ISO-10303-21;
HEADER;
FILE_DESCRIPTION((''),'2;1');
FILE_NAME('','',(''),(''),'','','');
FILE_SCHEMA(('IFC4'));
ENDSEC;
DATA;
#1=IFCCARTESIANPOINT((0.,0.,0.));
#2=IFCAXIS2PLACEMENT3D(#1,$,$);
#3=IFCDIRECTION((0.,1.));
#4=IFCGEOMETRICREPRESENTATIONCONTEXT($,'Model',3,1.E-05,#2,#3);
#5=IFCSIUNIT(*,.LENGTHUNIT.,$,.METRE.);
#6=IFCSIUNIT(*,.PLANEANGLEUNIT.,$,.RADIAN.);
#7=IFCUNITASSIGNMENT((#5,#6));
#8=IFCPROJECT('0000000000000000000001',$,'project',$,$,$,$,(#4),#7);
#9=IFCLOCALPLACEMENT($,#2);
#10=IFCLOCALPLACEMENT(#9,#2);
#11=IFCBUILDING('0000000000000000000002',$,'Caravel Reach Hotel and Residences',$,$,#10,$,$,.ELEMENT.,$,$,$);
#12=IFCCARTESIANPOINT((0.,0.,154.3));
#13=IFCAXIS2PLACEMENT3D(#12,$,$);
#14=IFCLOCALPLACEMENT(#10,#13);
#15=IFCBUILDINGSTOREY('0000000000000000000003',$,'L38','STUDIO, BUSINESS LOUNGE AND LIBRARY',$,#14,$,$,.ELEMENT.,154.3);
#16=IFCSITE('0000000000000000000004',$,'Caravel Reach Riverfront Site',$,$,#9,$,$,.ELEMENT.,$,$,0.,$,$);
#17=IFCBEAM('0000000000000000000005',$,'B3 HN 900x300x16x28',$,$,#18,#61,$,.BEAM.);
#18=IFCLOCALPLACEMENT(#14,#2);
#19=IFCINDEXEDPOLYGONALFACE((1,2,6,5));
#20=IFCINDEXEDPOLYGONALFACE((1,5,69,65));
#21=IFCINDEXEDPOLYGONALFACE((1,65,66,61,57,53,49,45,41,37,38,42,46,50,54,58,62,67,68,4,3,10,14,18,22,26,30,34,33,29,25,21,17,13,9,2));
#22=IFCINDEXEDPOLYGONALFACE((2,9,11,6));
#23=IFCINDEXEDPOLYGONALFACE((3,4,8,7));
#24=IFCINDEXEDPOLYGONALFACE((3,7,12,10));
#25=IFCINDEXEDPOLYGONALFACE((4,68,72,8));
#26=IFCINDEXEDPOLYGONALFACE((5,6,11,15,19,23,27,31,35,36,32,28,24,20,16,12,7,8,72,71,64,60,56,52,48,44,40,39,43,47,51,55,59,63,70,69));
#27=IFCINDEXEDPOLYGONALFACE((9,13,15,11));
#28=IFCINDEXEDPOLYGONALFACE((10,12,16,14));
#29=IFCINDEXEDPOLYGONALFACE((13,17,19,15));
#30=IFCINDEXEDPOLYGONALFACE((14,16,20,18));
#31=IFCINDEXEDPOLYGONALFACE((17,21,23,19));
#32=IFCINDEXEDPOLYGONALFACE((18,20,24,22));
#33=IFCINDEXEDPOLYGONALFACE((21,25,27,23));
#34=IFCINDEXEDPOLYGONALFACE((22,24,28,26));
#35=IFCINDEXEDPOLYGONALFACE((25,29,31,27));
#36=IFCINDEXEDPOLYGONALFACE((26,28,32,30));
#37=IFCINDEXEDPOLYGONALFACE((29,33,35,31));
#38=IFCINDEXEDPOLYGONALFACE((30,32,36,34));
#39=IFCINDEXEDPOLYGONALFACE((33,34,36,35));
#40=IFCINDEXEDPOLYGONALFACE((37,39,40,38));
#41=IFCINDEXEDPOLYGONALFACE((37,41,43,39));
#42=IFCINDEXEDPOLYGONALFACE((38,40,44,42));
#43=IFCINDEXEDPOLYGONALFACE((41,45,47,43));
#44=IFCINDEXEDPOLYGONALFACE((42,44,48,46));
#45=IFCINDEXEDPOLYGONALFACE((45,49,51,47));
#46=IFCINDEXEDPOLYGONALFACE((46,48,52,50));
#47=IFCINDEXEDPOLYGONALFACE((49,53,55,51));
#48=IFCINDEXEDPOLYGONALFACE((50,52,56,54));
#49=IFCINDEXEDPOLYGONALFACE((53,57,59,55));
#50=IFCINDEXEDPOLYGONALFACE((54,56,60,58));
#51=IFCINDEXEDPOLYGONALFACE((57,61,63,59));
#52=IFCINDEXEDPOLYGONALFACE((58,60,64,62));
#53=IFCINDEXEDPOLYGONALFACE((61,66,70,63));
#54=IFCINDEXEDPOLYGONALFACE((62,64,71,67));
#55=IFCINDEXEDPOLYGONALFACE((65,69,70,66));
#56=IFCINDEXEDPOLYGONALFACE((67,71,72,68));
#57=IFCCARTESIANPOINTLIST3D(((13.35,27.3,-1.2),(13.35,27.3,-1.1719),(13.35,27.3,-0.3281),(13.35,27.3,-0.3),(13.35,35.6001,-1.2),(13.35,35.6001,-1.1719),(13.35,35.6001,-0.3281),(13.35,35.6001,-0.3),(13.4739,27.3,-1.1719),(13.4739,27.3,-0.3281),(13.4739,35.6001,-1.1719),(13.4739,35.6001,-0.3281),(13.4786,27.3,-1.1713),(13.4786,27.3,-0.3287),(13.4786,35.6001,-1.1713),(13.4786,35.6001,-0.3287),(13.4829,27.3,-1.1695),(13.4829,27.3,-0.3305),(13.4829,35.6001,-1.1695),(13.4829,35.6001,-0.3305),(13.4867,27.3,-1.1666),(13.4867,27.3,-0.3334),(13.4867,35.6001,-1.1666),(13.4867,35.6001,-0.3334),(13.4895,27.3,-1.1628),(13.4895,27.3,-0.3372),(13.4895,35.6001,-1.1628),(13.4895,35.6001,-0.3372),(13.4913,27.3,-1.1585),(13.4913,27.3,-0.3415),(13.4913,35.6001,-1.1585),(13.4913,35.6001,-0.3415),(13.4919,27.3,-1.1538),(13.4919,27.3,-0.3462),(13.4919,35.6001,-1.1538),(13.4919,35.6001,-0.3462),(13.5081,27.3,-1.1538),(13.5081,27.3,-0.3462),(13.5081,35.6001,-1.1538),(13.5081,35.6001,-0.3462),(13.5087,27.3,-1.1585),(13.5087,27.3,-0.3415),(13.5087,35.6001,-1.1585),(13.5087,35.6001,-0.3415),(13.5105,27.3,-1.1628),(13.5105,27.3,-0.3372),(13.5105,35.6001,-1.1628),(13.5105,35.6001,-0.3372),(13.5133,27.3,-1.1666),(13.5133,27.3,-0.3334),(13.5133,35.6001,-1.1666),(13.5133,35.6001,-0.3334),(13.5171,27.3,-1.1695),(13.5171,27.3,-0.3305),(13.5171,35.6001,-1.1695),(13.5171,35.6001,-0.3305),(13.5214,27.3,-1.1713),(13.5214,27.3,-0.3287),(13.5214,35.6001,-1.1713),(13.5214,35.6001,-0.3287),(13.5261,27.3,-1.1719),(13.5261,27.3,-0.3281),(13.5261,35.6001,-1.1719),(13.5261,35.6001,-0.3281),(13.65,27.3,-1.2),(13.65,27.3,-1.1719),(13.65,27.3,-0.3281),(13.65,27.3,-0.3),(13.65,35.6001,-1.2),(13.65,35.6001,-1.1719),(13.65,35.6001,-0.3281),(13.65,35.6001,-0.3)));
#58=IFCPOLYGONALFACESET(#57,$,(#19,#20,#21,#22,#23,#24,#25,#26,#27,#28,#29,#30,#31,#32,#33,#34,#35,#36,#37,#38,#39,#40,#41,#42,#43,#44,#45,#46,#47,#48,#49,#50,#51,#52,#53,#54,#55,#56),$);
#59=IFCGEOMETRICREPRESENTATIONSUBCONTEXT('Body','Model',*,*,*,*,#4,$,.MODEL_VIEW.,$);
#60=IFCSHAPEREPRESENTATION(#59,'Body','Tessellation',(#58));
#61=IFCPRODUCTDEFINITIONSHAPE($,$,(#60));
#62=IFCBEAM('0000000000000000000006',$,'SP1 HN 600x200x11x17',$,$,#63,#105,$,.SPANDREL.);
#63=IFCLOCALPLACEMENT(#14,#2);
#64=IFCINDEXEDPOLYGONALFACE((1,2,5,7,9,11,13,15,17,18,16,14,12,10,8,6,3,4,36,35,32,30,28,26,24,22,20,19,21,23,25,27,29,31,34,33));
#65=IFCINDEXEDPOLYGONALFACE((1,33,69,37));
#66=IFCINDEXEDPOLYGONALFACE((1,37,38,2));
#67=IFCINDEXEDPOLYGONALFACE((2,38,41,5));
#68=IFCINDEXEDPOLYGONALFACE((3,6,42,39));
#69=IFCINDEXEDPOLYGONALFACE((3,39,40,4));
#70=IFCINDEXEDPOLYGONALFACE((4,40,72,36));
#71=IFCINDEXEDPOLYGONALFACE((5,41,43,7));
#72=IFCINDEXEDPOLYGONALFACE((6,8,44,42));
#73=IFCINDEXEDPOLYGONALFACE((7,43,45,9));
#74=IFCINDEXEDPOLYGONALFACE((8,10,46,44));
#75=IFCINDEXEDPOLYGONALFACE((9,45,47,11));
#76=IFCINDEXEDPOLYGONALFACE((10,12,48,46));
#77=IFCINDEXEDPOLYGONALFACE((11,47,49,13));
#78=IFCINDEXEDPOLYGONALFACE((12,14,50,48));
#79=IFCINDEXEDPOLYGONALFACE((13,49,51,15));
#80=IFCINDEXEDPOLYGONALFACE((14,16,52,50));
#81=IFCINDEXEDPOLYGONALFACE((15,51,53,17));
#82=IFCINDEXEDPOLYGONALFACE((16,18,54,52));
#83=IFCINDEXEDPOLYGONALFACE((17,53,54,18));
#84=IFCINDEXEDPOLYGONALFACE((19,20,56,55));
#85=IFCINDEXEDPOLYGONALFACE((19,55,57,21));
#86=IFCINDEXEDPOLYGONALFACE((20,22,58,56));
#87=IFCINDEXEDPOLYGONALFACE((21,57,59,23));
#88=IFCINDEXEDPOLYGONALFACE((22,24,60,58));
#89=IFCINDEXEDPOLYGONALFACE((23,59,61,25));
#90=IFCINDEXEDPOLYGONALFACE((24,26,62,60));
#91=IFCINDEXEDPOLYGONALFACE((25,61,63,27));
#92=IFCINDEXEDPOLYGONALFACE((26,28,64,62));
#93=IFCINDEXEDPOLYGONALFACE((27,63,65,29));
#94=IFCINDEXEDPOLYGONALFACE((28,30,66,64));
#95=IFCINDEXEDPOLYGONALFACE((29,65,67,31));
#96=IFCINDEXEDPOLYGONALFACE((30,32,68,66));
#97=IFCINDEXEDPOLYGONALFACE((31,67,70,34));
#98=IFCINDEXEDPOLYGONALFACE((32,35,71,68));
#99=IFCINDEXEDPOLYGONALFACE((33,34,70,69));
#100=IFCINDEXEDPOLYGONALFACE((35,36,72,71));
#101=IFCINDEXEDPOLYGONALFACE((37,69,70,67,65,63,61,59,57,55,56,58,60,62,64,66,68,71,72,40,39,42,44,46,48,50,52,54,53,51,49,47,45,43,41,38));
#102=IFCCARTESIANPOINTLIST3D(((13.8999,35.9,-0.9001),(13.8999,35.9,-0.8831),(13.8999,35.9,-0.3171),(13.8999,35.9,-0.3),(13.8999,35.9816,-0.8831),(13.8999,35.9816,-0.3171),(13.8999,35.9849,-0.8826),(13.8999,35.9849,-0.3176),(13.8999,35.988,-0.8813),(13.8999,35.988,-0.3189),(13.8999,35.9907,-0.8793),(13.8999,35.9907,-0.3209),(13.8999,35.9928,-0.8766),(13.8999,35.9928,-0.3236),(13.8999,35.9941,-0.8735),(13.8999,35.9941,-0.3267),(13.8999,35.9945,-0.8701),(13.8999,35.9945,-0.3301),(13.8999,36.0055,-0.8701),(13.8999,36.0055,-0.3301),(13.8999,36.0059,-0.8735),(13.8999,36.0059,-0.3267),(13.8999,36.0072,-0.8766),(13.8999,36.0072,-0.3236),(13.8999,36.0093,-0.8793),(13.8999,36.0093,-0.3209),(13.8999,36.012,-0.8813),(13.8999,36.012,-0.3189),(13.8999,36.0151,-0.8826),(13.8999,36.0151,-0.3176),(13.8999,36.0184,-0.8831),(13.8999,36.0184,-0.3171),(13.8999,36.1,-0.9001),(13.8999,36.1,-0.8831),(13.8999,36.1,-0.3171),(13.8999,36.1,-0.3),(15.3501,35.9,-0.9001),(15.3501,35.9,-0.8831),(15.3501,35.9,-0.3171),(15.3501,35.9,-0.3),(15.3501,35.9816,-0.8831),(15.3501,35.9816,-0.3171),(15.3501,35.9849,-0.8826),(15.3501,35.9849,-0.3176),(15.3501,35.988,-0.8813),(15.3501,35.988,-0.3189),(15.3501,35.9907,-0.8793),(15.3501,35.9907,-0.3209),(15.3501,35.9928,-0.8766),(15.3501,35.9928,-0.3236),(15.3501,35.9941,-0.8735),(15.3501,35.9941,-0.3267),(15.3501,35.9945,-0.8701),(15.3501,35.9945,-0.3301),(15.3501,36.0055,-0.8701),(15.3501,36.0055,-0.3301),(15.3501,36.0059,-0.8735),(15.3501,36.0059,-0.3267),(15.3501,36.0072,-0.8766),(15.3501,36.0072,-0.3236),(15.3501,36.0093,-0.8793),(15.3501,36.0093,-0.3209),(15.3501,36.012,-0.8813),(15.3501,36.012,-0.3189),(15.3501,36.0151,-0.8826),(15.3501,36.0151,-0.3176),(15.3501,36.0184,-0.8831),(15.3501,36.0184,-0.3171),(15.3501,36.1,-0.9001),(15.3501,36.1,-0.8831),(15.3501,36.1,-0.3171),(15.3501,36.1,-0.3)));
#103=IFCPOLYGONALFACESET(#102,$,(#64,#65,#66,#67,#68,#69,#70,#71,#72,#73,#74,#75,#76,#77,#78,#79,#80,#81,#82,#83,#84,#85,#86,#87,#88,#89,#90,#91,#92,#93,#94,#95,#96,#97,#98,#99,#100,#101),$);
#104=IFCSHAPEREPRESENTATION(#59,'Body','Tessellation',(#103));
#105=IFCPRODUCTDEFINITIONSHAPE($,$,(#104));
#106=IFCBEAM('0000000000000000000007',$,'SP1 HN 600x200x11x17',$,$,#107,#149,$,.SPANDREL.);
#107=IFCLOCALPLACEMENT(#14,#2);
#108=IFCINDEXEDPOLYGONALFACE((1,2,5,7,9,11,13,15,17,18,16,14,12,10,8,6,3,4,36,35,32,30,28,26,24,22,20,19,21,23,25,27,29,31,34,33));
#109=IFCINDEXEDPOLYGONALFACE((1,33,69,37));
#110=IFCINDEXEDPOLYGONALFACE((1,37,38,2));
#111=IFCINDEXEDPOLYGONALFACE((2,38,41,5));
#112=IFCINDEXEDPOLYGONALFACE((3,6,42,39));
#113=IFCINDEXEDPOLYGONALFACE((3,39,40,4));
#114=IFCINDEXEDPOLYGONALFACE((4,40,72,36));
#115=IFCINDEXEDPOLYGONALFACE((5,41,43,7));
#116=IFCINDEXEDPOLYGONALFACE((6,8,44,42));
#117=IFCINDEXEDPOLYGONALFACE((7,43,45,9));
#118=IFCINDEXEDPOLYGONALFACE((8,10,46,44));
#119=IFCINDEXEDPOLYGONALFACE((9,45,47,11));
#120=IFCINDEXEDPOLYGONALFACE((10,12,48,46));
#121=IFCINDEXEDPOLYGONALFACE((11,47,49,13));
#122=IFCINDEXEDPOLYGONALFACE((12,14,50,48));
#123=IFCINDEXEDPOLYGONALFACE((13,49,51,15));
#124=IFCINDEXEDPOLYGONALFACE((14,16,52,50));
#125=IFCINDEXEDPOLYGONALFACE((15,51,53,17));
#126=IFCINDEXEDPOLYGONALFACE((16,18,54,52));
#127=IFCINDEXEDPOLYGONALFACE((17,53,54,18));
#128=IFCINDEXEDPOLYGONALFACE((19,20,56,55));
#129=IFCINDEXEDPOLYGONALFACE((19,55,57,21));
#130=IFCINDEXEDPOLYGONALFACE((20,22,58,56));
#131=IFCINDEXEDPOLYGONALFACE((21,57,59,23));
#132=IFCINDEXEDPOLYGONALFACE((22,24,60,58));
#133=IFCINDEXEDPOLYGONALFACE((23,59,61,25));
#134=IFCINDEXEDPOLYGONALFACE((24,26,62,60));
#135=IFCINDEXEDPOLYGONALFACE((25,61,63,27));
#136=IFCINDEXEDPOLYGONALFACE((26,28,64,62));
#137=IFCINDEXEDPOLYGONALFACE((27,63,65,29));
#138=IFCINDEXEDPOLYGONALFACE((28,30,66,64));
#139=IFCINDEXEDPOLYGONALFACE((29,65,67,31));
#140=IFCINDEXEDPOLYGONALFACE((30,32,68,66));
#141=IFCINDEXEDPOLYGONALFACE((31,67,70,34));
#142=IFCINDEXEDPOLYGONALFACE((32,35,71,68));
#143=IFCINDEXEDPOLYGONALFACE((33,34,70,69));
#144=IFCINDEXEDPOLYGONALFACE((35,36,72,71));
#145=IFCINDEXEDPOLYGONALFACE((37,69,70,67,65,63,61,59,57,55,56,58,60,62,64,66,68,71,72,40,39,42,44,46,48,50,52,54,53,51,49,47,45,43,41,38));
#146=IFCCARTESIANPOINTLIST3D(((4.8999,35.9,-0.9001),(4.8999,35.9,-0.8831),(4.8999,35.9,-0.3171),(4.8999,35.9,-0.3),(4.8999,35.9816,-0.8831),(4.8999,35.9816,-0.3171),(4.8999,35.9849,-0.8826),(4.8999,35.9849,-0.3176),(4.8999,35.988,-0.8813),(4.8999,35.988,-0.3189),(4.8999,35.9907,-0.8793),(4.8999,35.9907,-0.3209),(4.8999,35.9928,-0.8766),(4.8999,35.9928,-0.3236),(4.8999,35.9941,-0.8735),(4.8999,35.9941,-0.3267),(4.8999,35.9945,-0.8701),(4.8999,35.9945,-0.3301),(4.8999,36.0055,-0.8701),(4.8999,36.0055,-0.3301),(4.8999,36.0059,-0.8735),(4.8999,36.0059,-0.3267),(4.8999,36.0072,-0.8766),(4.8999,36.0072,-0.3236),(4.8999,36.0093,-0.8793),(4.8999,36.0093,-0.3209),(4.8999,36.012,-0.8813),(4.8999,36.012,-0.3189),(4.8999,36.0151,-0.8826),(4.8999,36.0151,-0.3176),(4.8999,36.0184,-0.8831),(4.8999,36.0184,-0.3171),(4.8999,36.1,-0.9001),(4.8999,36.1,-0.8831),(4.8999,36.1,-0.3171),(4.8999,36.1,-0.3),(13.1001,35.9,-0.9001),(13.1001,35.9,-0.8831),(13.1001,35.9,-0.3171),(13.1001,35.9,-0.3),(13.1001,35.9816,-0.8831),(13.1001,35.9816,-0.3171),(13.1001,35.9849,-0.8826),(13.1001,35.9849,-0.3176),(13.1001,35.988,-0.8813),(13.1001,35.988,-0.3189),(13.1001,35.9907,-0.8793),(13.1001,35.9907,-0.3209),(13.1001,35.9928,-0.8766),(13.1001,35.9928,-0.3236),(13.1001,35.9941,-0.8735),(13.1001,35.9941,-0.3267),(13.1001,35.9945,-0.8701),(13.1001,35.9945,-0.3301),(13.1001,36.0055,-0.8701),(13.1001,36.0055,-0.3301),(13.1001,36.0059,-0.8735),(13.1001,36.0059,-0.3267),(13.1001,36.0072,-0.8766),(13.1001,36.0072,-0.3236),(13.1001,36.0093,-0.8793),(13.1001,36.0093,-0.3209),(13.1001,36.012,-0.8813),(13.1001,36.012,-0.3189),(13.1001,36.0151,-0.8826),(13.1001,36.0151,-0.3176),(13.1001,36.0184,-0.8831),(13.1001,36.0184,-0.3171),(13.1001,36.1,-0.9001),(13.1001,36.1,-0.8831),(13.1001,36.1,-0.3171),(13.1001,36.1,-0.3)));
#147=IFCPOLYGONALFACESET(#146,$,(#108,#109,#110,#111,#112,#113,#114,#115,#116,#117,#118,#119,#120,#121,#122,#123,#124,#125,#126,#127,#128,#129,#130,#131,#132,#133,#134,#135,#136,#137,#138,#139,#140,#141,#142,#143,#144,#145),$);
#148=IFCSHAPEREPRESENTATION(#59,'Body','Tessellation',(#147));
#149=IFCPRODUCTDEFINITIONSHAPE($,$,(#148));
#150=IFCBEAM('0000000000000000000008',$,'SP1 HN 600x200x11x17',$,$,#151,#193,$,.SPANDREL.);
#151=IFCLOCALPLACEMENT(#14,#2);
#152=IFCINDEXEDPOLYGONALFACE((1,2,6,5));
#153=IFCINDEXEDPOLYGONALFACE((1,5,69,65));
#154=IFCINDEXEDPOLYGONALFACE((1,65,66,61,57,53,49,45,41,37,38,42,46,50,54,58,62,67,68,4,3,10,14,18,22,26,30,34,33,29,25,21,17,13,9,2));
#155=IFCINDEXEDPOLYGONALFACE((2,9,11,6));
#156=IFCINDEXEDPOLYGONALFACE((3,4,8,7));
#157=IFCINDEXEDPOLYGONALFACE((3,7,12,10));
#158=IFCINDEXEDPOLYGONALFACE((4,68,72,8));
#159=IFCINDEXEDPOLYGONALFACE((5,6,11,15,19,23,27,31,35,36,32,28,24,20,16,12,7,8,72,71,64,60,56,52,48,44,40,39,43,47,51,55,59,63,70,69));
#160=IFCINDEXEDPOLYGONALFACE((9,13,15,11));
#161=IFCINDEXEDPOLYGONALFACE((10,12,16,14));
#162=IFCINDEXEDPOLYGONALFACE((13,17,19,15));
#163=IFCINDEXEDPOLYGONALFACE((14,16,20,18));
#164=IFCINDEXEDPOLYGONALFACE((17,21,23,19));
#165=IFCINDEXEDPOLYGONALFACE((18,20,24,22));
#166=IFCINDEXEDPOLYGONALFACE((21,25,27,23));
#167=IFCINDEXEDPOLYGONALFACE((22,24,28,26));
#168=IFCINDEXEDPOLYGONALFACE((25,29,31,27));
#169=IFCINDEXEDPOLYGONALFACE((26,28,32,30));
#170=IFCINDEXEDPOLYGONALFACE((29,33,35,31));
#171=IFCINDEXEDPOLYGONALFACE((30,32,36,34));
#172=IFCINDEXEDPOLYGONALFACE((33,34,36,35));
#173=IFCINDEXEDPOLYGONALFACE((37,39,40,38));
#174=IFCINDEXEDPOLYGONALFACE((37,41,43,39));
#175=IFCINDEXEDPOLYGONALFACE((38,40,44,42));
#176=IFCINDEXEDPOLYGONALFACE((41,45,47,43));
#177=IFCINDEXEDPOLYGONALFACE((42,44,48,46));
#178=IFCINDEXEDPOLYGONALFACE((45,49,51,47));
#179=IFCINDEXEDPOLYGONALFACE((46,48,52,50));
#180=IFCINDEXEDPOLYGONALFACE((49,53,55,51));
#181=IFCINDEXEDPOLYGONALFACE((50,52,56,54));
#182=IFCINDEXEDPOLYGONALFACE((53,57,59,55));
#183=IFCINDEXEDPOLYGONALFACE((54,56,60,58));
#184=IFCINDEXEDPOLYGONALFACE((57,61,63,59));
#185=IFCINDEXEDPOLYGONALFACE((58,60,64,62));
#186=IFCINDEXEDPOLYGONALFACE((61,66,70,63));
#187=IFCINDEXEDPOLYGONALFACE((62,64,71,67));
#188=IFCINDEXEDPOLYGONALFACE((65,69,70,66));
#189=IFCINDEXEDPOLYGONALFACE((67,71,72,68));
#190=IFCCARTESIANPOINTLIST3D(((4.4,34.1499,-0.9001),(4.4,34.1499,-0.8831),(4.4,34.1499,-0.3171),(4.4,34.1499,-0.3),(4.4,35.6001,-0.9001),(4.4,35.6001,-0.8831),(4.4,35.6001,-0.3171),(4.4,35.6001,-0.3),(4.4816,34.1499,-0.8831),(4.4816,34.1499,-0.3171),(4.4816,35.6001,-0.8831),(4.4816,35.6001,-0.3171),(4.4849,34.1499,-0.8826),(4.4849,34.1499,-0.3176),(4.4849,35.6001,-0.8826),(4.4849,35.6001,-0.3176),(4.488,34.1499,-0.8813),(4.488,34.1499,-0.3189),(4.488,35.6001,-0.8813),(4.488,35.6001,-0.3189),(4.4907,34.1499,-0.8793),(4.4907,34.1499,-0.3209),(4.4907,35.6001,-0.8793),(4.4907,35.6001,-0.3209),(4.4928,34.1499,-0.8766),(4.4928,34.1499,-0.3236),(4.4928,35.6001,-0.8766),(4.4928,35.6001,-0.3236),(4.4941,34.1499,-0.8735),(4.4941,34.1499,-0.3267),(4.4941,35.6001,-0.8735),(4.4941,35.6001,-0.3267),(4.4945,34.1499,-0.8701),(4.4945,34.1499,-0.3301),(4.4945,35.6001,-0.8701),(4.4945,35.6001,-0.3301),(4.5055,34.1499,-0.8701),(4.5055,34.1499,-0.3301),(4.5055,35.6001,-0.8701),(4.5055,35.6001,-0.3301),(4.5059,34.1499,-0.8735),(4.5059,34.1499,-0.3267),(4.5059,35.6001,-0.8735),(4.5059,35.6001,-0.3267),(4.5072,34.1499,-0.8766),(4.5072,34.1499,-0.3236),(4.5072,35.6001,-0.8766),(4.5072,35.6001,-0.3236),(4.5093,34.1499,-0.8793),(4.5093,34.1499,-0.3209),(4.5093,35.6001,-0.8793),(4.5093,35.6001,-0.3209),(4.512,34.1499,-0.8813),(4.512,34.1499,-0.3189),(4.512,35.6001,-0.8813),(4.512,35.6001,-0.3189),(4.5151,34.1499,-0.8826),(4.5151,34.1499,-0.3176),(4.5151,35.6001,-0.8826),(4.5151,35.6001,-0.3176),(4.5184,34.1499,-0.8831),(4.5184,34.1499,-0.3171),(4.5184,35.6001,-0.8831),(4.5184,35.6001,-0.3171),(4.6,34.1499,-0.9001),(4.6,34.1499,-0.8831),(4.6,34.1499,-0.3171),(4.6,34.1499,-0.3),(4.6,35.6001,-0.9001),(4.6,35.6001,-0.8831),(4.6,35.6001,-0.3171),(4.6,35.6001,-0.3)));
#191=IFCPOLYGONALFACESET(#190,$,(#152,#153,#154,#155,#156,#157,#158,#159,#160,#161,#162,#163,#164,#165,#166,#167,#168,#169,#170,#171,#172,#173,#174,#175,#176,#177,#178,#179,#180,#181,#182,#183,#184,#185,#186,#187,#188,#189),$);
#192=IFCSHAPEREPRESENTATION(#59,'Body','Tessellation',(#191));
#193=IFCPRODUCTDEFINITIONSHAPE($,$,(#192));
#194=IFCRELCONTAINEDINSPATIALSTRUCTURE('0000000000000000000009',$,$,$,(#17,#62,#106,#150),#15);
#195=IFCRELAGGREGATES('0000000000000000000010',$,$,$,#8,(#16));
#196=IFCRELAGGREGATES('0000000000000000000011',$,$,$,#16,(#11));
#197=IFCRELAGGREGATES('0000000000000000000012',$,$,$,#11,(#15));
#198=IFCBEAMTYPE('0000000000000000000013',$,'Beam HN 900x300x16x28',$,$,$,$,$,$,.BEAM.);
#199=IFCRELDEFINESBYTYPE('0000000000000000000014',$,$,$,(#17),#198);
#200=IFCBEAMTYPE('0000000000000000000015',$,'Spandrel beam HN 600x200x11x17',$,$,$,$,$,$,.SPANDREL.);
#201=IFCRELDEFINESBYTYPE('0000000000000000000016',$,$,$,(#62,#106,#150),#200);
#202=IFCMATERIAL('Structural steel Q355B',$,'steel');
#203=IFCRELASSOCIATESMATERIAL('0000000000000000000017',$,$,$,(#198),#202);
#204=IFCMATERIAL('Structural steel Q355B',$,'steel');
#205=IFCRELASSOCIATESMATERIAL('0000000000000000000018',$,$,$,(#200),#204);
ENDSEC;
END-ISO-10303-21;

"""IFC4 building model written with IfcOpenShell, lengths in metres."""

from ifc_helpers import new_model, si_unit, direction, frame, origin, origin_2d, place, context, subcontext, project, spatial, i_section, extrude, material, material_profile, profile_set, type_object, element, save


model = new_model("IFC4")

# Units and contexts
model_context = context("Model", 3, precision=1e-05, world=origin(), true_north=direction((0.0, 1.0)))
body_context = subcontext(model_context, "Body", "Model", "MODEL_VIEW")
ifc_project = project(units=[si_unit("LENGTHUNIT", "METRE"), si_unit("PLANEANGLEUNIT", "RADIAN")], contexts=[model_context])

# Site, building, storey
site_placement = place(None, origin())
site = spatial("IfcSite", under=ifc_project, at=site_placement, Name="Caravel Reach Riverfront Site", CompositionType="ELEMENT", RefElevation=0.0)
building_placement = place(site_placement, origin())
building = spatial("IfcBuilding", under=site, at=building_placement, Name="Caravel Reach Hotel and Residences", CompositionType="ELEMENT")
storey_placement = place(building_placement, frame((0.0, 0.0, 154.3)))
storey = spatial("IfcBuildingStorey", under=building, at=storey_placement, Name="L38", Description="STUDIO, BUSINESS LOUNGE AND LIBRARY", CompositionType="ELEMENT", Elevation=154.3)

# Beams
ifc_material_1 = material(Name="Structural steel Q355B", Category="steel")
ifc_material_profile_1 = material_profile(ifc_material_1, i_section(OverallWidth=0.3, OverallDepth=0.8999, WebThickness=0.0161, FlangeThickness=0.0281, FilletRadius=0.0181, at=origin_2d()), Name="HN 900x300x16x28")
ifc_profile_set_1 = profile_set([ifc_material_profile_1], Name="Structural steel Q355B")
beam_type_1 = type_object("IfcBeamType", Name="Beam HN 900x300x16x28", PredefinedType="BEAM", material=ifc_profile_set_1)
beam_1_placement = place(storey_placement, frame((13.5, 27.3, -0.75), z_axis=(0.0, 1.0, 0.0), x_axis=(-1.0, 0.0, 0.0)))
element("IfcBeam", 1, at=beam_1_placement, inside=storey, type_object=beam_type_1, Name="B3 HN 900x300x16x28", PredefinedType="BEAM", context=body_context, shape_type="SweptSolid", body=[
    extrude(i_section(OverallWidth=0.3, OverallDepth=0.8999, WebThickness=0.0161, FlangeThickness=0.0281, FilletRadius=0.0181, at=origin_2d()), origin(), (0.0, 0.0, 1.0), 8.3),
])
ifc_material_2 = material(Name="Structural steel Q355B", Category="steel")
ifc_material_profile_2 = material_profile(ifc_material_2, i_section(OverallWidth=0.2, OverallDepth=0.6001, WebThickness=0.011, FlangeThickness=0.0171, FilletRadius=0.0129, at=origin_2d()), Name="HN 600x200x11x17")
ifc_profile_set_2 = profile_set([ifc_material_profile_2], Name="Structural steel Q355B")
beam_type_2 = type_object("IfcBeamType", Name="Spandrel beam HN 600x200x11x17", PredefinedType="SPANDREL", material=ifc_profile_set_2)
beam_2_placement = place(storey_placement, frame((15.3501, 36.0, -0.6001), z_axis=(-1.0, 0.0, 0.0), x_axis=(0.0, -1.0, 0.0)))
element("IfcBeam", 2, at=beam_2_placement, inside=storey, type_object=beam_type_2, Name="SP1 HN 600x200x11x17", PredefinedType="SPANDREL", context=body_context, shape_type="SweptSolid", body=[
    extrude(i_section(OverallWidth=0.2, OverallDepth=0.6001, WebThickness=0.011, FlangeThickness=0.0171, FilletRadius=0.0129, at=origin_2d()), origin(), (0.0, 0.0, 1.0), 1.4502),
])
beam_3_placement = place(storey_placement, frame((13.1001, 36.0, -0.6001), z_axis=(-1.0, 0.0, 0.0), x_axis=(0.0, -1.0, 0.0)))
element("IfcBeam", 3, at=beam_3_placement, inside=storey, type_object=beam_type_2, Name="SP1 HN 600x200x11x17", PredefinedType="SPANDREL", context=body_context, shape_type="SweptSolid", body=[
    extrude(i_section(OverallWidth=0.2, OverallDepth=0.6001, WebThickness=0.011, FlangeThickness=0.0171, FilletRadius=0.0129, at=origin_2d()), origin(), (0.0, 0.0, 1.0), 8.2002),
])
beam_4_placement = place(storey_placement, frame((4.5, 35.6001, -0.6001), z_axis=(0.0, -1.0, 0.0), x_axis=(1.0, 0.0, 0.0)))
element("IfcBeam", 4, at=beam_4_placement, inside=storey, type_object=beam_type_2, Name="SP1 HN 600x200x11x17", PredefinedType="SPANDREL", context=body_context, shape_type="SweptSolid", body=[
    extrude(i_section(OverallWidth=0.2, OverallDepth=0.6001, WebThickness=0.011, FlangeThickness=0.0171, FilletRadius=0.0129, at=origin_2d()), origin(), (0.0, 0.0, 1.0), 1.4502),
])

save(model, "model.ifc")
